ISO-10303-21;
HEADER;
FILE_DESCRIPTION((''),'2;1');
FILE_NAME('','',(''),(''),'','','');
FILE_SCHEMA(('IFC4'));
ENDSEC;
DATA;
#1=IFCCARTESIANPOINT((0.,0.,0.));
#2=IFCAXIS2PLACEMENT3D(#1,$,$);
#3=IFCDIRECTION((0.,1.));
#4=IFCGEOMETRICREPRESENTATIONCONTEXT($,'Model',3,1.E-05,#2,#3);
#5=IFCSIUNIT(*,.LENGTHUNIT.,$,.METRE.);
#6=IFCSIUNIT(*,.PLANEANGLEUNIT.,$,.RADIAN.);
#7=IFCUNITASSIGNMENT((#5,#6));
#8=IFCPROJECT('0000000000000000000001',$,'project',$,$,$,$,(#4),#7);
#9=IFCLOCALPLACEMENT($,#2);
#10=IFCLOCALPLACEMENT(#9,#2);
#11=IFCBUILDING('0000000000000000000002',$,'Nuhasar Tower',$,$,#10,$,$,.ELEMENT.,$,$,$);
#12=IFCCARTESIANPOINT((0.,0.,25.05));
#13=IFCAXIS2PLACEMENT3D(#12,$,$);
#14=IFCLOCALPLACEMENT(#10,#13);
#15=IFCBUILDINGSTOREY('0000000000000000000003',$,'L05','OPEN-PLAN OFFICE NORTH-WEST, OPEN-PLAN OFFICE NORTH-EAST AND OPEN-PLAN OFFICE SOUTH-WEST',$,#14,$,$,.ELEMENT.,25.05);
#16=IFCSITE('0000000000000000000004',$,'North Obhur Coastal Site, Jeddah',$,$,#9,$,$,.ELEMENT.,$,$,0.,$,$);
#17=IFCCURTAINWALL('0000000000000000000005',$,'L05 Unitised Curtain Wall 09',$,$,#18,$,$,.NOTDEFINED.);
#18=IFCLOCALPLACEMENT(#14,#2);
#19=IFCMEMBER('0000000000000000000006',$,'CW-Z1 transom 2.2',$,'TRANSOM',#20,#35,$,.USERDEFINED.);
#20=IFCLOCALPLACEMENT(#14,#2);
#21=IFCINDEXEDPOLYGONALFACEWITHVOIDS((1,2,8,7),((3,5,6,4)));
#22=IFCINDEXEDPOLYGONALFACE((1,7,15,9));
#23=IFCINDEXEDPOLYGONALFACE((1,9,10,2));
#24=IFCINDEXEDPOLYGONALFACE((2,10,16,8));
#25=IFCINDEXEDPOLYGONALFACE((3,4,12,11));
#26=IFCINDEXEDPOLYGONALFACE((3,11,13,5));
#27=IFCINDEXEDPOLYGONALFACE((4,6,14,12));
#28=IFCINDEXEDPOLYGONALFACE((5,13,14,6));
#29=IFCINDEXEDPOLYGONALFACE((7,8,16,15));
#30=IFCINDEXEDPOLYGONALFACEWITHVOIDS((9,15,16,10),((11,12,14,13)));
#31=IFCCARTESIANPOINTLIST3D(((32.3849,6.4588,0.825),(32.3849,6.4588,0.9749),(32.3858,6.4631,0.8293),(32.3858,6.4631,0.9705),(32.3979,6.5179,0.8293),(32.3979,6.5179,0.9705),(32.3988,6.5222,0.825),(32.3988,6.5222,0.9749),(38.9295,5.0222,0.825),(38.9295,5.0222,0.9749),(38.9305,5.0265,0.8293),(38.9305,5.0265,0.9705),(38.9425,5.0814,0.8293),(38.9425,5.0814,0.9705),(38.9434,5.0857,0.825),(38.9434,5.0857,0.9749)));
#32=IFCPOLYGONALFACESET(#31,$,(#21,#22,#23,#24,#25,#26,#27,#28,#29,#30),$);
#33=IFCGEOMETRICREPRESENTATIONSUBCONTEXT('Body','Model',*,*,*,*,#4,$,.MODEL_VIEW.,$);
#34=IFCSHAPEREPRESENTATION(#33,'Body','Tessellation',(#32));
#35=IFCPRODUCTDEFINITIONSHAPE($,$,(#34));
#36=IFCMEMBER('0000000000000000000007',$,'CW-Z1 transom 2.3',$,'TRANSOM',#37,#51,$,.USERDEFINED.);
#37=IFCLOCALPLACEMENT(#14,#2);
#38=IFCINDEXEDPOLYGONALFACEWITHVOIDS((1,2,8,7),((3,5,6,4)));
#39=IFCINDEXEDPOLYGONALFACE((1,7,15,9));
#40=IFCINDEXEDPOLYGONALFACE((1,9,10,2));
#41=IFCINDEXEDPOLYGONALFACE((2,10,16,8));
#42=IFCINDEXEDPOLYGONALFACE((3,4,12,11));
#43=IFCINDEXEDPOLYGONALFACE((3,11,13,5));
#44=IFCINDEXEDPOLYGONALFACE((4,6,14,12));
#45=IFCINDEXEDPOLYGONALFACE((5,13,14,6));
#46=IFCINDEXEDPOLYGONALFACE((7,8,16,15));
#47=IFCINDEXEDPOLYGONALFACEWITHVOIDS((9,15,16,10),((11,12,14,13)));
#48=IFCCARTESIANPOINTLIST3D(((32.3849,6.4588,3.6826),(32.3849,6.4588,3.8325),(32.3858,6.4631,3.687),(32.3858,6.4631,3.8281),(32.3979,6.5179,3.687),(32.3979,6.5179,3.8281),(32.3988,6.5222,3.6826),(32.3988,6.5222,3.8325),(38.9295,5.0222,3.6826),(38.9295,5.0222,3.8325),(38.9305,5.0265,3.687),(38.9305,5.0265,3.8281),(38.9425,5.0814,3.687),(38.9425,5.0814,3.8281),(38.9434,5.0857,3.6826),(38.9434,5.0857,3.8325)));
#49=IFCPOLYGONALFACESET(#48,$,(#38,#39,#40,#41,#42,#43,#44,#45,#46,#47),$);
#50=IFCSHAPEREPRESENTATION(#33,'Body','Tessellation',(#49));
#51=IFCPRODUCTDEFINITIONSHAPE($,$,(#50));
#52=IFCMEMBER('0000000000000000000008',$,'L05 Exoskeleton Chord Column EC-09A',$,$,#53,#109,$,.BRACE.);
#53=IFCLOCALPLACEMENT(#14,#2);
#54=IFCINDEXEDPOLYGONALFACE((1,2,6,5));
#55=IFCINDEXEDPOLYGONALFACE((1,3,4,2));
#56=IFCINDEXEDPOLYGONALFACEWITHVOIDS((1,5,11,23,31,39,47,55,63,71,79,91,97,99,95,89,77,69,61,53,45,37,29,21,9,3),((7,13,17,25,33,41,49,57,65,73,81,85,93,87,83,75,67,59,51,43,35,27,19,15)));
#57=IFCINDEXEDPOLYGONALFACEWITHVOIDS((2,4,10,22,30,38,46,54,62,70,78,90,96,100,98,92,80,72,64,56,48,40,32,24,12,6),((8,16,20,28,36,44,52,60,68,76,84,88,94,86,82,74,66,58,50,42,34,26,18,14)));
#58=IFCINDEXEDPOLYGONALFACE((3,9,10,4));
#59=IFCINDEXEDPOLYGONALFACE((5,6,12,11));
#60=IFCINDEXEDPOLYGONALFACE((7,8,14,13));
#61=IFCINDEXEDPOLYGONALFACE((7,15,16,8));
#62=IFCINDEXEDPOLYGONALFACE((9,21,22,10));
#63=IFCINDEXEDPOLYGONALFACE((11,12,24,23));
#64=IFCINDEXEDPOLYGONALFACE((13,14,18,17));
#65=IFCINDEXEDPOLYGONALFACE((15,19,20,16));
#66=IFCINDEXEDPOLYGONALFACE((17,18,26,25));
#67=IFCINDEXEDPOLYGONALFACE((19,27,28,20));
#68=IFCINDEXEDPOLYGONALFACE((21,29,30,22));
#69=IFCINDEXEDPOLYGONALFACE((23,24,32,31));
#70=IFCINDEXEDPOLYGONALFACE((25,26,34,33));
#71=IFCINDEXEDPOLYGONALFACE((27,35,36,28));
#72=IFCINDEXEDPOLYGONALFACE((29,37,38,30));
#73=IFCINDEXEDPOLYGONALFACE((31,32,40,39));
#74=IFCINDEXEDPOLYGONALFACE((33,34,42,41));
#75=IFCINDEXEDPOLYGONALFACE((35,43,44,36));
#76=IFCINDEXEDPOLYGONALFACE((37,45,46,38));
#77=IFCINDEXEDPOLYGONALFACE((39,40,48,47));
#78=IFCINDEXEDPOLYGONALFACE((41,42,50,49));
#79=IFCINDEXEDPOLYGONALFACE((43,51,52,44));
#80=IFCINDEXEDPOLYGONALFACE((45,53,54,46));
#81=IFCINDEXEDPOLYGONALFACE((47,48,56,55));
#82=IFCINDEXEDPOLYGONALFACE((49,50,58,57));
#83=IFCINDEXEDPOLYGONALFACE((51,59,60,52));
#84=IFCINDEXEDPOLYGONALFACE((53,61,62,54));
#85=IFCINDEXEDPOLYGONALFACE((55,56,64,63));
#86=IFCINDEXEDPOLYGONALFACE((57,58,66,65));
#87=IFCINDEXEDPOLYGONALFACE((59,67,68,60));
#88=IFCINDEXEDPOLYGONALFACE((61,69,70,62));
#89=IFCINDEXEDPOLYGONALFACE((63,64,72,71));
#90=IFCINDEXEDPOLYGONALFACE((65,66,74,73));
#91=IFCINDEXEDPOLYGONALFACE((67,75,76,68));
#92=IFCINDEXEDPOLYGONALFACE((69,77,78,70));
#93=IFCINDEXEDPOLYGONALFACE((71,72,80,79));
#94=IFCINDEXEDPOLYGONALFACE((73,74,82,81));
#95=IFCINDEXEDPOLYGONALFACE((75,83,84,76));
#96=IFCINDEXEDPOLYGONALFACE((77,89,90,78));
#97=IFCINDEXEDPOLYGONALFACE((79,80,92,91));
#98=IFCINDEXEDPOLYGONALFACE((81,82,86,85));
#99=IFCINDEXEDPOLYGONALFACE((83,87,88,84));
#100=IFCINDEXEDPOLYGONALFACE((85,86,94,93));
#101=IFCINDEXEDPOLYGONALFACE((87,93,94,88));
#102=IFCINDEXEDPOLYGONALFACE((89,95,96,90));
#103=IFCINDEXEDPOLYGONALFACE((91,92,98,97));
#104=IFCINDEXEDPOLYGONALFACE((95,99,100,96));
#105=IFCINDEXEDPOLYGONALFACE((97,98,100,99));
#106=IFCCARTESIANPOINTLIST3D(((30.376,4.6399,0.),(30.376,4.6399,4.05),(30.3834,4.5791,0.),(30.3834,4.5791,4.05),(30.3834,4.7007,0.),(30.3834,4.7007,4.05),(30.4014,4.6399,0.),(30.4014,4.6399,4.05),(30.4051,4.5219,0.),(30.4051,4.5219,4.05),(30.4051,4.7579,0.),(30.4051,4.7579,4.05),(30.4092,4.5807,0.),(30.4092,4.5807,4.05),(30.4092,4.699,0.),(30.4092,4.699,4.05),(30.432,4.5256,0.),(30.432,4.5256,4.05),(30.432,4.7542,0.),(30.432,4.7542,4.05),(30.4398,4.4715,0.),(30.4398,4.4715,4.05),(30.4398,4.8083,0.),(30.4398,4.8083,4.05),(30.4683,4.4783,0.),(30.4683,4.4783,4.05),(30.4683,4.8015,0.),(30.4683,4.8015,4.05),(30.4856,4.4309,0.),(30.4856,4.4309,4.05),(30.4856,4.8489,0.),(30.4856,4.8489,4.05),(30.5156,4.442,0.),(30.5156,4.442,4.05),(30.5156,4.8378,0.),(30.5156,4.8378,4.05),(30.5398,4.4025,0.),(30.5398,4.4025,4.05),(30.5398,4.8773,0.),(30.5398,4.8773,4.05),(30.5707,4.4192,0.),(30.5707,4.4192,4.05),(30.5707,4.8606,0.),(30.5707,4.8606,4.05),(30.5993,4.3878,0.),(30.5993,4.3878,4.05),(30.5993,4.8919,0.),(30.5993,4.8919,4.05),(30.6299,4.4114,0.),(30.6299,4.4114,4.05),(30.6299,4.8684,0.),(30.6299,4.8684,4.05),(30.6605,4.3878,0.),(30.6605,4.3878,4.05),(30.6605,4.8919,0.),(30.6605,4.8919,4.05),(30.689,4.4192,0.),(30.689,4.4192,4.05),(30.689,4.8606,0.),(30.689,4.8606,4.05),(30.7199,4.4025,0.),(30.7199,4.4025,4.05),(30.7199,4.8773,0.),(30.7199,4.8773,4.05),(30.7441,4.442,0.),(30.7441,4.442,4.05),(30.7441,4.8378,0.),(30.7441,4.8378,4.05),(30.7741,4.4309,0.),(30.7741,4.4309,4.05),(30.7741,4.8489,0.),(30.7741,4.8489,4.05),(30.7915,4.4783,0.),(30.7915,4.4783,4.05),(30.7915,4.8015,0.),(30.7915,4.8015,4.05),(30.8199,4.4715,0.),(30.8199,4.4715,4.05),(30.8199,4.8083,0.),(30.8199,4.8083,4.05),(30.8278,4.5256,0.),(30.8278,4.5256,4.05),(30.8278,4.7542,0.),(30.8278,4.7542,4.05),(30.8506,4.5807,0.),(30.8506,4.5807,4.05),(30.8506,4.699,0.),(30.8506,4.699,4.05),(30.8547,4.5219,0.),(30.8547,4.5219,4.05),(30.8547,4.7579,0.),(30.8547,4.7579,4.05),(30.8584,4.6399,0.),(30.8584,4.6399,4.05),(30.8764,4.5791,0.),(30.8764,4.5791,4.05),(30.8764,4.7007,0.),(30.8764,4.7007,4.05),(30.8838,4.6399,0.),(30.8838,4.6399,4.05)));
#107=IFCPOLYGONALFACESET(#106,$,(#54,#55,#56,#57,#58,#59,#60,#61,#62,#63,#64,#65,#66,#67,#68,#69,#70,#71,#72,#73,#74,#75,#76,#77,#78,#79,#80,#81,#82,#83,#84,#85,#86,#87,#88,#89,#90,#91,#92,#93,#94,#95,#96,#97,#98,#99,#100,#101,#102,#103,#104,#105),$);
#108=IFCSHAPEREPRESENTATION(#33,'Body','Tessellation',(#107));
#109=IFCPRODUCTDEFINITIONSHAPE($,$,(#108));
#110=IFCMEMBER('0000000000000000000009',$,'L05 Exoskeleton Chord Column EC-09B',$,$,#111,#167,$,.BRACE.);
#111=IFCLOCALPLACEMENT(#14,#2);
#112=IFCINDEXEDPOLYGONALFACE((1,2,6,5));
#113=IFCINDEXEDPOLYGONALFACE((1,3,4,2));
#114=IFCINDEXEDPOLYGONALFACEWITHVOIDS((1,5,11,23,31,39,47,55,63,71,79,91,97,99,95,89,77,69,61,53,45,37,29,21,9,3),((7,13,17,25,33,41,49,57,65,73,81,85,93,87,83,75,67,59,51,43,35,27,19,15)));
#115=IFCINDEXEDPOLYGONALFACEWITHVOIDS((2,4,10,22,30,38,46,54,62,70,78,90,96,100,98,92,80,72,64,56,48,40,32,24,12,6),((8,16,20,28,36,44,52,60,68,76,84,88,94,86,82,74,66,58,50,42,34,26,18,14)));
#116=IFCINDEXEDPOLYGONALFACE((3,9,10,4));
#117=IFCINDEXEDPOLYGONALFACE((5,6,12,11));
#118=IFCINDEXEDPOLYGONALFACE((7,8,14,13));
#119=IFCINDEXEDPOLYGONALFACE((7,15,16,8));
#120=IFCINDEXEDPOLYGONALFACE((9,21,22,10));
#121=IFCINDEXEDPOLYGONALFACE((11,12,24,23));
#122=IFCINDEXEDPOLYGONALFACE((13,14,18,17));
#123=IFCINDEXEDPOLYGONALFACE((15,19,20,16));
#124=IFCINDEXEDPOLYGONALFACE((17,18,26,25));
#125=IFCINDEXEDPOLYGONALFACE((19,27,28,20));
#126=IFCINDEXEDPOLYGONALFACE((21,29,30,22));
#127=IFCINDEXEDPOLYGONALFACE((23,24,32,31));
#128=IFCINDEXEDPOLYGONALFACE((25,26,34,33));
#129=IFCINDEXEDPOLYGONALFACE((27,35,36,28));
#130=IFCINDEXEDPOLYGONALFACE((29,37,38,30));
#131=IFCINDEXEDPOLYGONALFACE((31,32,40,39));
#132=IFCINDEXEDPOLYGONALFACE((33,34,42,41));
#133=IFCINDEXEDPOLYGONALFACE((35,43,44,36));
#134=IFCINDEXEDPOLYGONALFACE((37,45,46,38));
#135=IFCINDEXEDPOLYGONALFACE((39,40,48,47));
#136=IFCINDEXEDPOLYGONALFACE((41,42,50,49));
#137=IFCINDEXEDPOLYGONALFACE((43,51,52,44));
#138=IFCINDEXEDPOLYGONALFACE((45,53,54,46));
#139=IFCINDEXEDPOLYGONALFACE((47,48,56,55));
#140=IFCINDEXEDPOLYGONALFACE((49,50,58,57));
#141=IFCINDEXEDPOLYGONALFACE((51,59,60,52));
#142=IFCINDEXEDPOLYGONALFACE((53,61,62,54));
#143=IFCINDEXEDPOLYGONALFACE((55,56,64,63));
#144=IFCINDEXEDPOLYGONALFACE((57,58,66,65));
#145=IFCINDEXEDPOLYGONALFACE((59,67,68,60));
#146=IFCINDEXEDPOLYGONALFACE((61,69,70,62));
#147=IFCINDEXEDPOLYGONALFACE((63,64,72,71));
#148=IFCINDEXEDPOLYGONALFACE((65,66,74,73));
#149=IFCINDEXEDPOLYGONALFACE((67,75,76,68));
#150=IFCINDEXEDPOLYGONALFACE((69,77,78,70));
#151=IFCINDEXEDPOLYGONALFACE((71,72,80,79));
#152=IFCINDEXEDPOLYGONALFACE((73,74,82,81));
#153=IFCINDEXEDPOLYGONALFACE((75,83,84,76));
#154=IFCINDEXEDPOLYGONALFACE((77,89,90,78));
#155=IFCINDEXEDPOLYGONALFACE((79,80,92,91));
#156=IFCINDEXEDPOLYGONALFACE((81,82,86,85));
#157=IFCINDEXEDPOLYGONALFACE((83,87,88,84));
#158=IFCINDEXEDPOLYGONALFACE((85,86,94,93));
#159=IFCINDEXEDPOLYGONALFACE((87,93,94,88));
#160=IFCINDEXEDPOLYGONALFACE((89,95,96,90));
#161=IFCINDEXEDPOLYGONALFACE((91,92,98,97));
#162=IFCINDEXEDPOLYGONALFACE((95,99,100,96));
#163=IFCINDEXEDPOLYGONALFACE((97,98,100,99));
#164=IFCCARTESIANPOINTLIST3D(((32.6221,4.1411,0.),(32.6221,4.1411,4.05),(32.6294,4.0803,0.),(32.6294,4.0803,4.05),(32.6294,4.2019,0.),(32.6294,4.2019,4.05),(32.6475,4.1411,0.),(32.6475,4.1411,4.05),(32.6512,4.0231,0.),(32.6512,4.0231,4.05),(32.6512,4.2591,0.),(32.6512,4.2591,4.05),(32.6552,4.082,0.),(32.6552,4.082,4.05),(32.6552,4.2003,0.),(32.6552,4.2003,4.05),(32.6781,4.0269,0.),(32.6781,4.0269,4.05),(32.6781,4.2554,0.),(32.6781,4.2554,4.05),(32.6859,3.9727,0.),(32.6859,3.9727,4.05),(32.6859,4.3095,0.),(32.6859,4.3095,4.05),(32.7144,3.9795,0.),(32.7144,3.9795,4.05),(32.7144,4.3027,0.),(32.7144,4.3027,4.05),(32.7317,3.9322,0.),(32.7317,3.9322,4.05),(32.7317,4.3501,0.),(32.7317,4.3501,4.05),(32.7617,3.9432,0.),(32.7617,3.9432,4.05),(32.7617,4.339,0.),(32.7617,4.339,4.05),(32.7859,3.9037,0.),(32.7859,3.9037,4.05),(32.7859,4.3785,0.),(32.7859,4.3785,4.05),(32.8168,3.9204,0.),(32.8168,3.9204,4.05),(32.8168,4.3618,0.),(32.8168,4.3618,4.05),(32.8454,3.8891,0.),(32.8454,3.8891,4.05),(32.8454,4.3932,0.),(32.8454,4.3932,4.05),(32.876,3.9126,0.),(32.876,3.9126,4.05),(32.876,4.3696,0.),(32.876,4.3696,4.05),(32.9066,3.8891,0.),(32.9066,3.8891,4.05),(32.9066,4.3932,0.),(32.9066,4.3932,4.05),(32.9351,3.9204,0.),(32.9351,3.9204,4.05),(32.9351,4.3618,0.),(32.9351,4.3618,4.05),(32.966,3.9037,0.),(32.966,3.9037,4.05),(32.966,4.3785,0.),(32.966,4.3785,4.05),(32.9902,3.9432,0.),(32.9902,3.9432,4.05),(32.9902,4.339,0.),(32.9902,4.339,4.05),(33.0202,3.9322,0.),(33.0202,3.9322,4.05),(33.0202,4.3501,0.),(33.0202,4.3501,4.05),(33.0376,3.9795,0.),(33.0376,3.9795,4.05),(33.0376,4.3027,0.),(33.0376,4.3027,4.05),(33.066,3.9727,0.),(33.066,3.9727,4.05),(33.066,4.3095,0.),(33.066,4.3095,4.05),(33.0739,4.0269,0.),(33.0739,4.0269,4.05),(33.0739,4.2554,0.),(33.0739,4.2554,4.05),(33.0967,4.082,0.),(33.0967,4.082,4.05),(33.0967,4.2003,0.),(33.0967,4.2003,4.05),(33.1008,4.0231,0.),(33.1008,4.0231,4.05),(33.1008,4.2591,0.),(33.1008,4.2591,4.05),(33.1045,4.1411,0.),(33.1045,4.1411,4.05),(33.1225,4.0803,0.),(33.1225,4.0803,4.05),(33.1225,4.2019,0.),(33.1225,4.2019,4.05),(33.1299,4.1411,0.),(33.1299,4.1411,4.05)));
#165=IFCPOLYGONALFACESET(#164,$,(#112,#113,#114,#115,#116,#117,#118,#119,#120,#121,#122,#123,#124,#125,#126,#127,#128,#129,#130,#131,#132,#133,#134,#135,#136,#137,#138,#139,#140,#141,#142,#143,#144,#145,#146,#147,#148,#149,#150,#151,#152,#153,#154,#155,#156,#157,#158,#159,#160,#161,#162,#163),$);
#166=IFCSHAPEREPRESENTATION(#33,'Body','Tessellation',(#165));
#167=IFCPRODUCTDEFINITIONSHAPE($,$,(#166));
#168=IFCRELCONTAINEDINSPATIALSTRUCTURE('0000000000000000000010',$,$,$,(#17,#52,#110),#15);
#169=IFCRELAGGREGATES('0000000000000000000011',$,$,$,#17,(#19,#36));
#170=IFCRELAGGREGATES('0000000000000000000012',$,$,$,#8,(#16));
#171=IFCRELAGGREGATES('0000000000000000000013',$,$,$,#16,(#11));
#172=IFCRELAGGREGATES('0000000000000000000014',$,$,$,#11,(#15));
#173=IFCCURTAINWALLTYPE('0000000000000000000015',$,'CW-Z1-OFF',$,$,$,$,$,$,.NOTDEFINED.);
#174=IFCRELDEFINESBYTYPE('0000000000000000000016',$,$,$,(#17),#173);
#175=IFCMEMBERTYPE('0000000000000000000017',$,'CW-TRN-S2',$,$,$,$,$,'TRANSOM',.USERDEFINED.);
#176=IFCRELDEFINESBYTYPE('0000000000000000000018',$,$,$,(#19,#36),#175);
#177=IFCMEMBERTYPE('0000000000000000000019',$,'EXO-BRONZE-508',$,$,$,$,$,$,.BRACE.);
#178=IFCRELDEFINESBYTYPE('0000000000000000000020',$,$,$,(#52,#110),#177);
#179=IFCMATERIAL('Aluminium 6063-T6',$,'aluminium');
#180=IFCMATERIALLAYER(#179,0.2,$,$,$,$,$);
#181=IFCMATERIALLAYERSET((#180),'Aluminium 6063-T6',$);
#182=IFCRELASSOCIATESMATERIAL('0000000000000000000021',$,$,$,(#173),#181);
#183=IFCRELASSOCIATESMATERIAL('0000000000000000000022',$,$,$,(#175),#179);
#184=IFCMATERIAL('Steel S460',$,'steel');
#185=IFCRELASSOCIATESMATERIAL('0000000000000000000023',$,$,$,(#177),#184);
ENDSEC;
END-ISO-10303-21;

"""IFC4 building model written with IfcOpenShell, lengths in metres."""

from ifc_helpers import new_model, si_unit, direction, frame, origin, origin_2d, place, context, subcontext, project, spatial, hollow_rectangle, hollow_circle, extrude, material, layer, layer_set, material_profile, profile_set, type_object, element, aggregate, save


model = new_model("IFC4")

# Units and contexts
model_context = context("Model", 3, precision=1e-05, world=origin(), true_north=direction((0.0, 1.0)))
body_context = subcontext(model_context, "Body", "Model", "MODEL_VIEW")
ifc_project = project(units=[si_unit("LENGTHUNIT", "METRE"), si_unit("PLANEANGLEUNIT", "RADIAN")], contexts=[model_context])

# Site, building, storey
site_placement = place(None, origin())
site = spatial("IfcSite", under=ifc_project, at=site_placement, Name="North Obhur Coastal Site, Jeddah", CompositionType="ELEMENT", RefElevation=0.0)
building_placement = place(site_placement, origin())
building = spatial("IfcBuilding", under=site, at=building_placement, Name="Nuhasar Tower", CompositionType="ELEMENT")
storey_placement = place(building_placement, frame((0.0, 0.0, 25.05)))
storey = spatial("IfcBuildingStorey", under=building, at=storey_placement, Name="L05", Description="OPEN-PLAN OFFICE NORTH-WEST, OPEN-PLAN OFFICE NORTH-EAST AND OPEN-PLAN OFFICE SOUTH-WEST", CompositionType="ELEMENT", Elevation=25.05)

# Curtain wall, members
ifc_material_1 = material(Name="Aluminium 6063-T6", Category="aluminium")
ifc_layer_1 = layer(ifc_material_1, 0.2)
ifc_layer_set_1 = layer_set([ifc_layer_1], Name="Aluminium 6063-T6")
curtain_wall_type = type_object("IfcCurtainWallType", Name="CW-Z1-OFF", PredefinedType="NOTDEFINED", material=ifc_layer_set_1)
curtain_wall_placement = place(storey_placement, origin())
curtain_wall = element("IfcCurtainWall", 1, at=curtain_wall_placement, inside=storey, type_object=curtain_wall_type, Name="L05 Unitised Curtain Wall 09", PredefinedType="NOTDEFINED")
ifc_material_profile_1 = material_profile(ifc_material_1, hollow_rectangle(XDim=0.0649, YDim=0.1499, WallThickness=0.0044, at=origin_2d()), Name="CWT-2")
ifc_profile_set_1 = profile_set([ifc_material_profile_1], Name="Aluminium 6063-T6")
member_type_1 = type_object("IfcMemberType", Name="CW-TRN-S2", ElementType="TRANSOM", PredefinedType="USERDEFINED", material=ifc_profile_set_1)
member_1_placement = place(storey_placement, frame((32.3918, 6.4905, 0.8999), z_axis=(0.976748, -0.214391, 0.0), x_axis=(0.214391, 0.976748, 0.0)))
member_1 = element("IfcMember", 2, at=member_1_placement, type_object=member_type_1, Name="CW-Z1 transom 2.2", ObjectType="TRANSOM", PredefinedType="USERDEFINED", context=body_context, shape_type="SweptSolid", body=[
    extrude(hollow_rectangle(XDim=0.0649, YDim=0.1499, WallThickness=0.0044, at=origin_2d()), origin(), (0.0, 0.0, 1.0), 6.7004),
])
member_2_placement = place(storey_placement, frame((32.3918, 6.4905, 3.7576), z_axis=(0.976748, -0.214391, 0.0), x_axis=(0.214391, 0.976748, 0.0)))
member_2 = element("IfcMember", 3, at=member_2_placement, type_object=member_type_1, Name="CW-Z1 transom 2.3", ObjectType="TRANSOM", PredefinedType="USERDEFINED", context=body_context, shape_type="SweptSolid", body=[
    extrude(hollow_rectangle(XDim=0.0649, YDim=0.1499, WallThickness=0.0044, at=origin_2d()), origin(), (0.0, 0.0, 1.0), 6.7004),
])

# Members
ifc_material_2 = material(Name="Steel S460", Category="steel")
ifc_material_profile_2 = material_profile(ifc_material_2, hollow_circle(Radius=0.2539, WallThickness=0.0254, at=origin_2d()), Name="HSS508X25.4")
ifc_profile_set_2 = profile_set([ifc_material_profile_2], Name="Steel S460")
member_type_2 = type_object("IfcMemberType", Name="EXO-BRONZE-508", PredefinedType="BRACE", material=ifc_profile_set_2)
for number, where, z_axis, x_axis, name in (
    (4, (30.6299, 4.6399, 0.0), (0.0, 0.0, 1.0), (1.0, 0.0, 0.0), "L05 Exoskeleton Chord Column EC-09A"),
    (5, (32.876, 4.1411, 0.0), (0.0, 0.0, 1.0), (1.0, 0.0, 0.0), "L05 Exoskeleton Chord Column EC-09B"),
):
    element("IfcMember", number, at=place(storey_placement, frame(where, z_axis=z_axis, x_axis=x_axis)), inside=storey, type_object=member_type_2, Name=name, PredefinedType="BRACE", context=body_context, shape_type="SweptSolid", body=[
        extrude(hollow_circle(Radius=0.2539, WallThickness=0.0254, at=origin_2d()), origin(), (0.0, 0.0, 1.0), 4.05),
    ])

aggregate(curtain_wall, [member_1, member_2])

save(model, "model.ifc")
